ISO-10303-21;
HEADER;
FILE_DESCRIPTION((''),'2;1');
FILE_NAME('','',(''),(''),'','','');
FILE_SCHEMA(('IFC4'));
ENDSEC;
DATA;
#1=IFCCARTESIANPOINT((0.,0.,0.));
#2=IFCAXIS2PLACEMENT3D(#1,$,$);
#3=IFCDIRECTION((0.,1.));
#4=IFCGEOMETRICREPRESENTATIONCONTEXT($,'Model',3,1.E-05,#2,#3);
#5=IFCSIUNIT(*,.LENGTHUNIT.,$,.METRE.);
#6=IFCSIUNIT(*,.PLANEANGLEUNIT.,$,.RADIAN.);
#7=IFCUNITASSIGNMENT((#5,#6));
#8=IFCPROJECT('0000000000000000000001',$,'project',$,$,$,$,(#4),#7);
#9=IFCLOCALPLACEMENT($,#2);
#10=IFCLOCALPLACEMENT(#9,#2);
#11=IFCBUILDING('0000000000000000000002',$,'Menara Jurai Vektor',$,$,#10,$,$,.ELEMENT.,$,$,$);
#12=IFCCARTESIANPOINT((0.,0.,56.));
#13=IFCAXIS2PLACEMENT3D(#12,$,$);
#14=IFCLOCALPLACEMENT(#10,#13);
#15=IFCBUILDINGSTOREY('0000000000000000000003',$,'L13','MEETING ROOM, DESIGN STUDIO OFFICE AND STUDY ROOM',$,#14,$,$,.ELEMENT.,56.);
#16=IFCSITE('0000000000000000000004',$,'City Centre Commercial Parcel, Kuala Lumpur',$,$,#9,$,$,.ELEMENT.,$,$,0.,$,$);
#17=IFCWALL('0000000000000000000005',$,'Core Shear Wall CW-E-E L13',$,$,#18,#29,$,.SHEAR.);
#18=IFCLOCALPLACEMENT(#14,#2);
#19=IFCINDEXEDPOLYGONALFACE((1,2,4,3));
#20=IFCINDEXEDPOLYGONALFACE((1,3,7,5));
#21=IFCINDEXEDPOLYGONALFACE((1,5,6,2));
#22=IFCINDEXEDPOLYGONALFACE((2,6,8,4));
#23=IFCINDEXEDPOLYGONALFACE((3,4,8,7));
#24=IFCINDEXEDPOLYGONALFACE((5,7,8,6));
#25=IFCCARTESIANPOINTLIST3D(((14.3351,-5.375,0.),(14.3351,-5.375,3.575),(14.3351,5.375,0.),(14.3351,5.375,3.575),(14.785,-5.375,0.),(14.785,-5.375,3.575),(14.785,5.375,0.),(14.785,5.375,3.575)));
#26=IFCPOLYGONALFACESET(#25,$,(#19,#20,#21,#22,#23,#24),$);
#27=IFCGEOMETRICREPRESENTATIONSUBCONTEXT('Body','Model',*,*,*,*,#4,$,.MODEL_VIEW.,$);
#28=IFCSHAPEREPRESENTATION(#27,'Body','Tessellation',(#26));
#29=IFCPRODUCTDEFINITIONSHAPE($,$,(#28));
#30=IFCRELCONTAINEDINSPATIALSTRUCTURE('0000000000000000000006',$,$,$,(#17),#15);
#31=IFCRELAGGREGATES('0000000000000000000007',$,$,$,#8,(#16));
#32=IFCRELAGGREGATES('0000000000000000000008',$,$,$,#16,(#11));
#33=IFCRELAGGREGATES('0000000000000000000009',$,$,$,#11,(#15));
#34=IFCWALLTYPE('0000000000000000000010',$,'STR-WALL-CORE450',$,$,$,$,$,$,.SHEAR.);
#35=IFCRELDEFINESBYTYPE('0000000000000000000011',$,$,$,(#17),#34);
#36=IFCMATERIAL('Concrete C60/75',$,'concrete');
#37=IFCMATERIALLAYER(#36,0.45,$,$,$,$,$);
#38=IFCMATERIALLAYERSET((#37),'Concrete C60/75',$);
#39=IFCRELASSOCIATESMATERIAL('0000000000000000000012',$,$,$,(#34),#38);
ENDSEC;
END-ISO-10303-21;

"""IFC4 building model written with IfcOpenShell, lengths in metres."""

from ifc_helpers import new_model, si_unit, direction, frame, frame_2d, origin, place, context, subcontext, project, spatial, rectangle, extrude, material, layer, layer_set, type_object, element, save


model = new_model("IFC4")

# Units and contexts
model_context = context("Model", 3, precision=1e-05, world=origin(), true_north=direction((0.0, 1.0)))
body_context = subcontext(model_context, "Body", "Model", "MODEL_VIEW")
ifc_project = project(units=[si_unit("LENGTHUNIT", "METRE"), si_unit("PLANEANGLEUNIT", "RADIAN")], contexts=[model_context])

# Site, building, storey
site_placement = place(None, origin())
site = spatial("IfcSite", under=ifc_project, at=site_placement, Name="City Centre Commercial Parcel, Kuala Lumpur", CompositionType="ELEMENT", RefElevation=0.0)
building_placement = place(site_placement, origin())
building = spatial("IfcBuilding", under=site, at=building_placement, Name="Menara Jurai Vektor", CompositionType="ELEMENT")
storey_placement = place(building_placement, frame((0.0, 0.0, 56.0)))
storey = spatial("IfcBuildingStorey", under=building, at=storey_placement, Name="L13", Description="MEETING ROOM, DESIGN STUDIO OFFICE AND STUDY ROOM", CompositionType="ELEMENT", Elevation=56.0)

# Shared definitions
ifc_material_1 = material(Name="Concrete C60/75", Category="concrete")

# Wall
ifc_layer_1 = layer(ifc_material_1, 0.45)
ifc_layer_set_1 = layer_set([ifc_layer_1], Name="Concrete C60/75")
wall_type_1 = type_object("IfcWallType", Name="STR-WALL-CORE450", PredefinedType="SHEAR", material=ifc_layer_set_1)
wall_1_placement = place(storey_placement, frame((14.5601, -5.375, 0.0), z_axis=(0.0, 0.0, 1.0), x_axis=(0.0, 1.0, 0.0)))
element("IfcWall", 1, at=wall_1_placement, inside=storey, type_object=wall_type_1, Name="Core Shear Wall CW-E-E L13", PredefinedType="SHEAR", context=body_context, shape_type="SweptSolid", body=[
    extrude(rectangle(XDim=10.75, YDim=0.45, at=frame_2d((5.375, 0.0))), origin(), (0.0, 0.0, 1.0), 3.575),
])

save(model, "model.ifc")
